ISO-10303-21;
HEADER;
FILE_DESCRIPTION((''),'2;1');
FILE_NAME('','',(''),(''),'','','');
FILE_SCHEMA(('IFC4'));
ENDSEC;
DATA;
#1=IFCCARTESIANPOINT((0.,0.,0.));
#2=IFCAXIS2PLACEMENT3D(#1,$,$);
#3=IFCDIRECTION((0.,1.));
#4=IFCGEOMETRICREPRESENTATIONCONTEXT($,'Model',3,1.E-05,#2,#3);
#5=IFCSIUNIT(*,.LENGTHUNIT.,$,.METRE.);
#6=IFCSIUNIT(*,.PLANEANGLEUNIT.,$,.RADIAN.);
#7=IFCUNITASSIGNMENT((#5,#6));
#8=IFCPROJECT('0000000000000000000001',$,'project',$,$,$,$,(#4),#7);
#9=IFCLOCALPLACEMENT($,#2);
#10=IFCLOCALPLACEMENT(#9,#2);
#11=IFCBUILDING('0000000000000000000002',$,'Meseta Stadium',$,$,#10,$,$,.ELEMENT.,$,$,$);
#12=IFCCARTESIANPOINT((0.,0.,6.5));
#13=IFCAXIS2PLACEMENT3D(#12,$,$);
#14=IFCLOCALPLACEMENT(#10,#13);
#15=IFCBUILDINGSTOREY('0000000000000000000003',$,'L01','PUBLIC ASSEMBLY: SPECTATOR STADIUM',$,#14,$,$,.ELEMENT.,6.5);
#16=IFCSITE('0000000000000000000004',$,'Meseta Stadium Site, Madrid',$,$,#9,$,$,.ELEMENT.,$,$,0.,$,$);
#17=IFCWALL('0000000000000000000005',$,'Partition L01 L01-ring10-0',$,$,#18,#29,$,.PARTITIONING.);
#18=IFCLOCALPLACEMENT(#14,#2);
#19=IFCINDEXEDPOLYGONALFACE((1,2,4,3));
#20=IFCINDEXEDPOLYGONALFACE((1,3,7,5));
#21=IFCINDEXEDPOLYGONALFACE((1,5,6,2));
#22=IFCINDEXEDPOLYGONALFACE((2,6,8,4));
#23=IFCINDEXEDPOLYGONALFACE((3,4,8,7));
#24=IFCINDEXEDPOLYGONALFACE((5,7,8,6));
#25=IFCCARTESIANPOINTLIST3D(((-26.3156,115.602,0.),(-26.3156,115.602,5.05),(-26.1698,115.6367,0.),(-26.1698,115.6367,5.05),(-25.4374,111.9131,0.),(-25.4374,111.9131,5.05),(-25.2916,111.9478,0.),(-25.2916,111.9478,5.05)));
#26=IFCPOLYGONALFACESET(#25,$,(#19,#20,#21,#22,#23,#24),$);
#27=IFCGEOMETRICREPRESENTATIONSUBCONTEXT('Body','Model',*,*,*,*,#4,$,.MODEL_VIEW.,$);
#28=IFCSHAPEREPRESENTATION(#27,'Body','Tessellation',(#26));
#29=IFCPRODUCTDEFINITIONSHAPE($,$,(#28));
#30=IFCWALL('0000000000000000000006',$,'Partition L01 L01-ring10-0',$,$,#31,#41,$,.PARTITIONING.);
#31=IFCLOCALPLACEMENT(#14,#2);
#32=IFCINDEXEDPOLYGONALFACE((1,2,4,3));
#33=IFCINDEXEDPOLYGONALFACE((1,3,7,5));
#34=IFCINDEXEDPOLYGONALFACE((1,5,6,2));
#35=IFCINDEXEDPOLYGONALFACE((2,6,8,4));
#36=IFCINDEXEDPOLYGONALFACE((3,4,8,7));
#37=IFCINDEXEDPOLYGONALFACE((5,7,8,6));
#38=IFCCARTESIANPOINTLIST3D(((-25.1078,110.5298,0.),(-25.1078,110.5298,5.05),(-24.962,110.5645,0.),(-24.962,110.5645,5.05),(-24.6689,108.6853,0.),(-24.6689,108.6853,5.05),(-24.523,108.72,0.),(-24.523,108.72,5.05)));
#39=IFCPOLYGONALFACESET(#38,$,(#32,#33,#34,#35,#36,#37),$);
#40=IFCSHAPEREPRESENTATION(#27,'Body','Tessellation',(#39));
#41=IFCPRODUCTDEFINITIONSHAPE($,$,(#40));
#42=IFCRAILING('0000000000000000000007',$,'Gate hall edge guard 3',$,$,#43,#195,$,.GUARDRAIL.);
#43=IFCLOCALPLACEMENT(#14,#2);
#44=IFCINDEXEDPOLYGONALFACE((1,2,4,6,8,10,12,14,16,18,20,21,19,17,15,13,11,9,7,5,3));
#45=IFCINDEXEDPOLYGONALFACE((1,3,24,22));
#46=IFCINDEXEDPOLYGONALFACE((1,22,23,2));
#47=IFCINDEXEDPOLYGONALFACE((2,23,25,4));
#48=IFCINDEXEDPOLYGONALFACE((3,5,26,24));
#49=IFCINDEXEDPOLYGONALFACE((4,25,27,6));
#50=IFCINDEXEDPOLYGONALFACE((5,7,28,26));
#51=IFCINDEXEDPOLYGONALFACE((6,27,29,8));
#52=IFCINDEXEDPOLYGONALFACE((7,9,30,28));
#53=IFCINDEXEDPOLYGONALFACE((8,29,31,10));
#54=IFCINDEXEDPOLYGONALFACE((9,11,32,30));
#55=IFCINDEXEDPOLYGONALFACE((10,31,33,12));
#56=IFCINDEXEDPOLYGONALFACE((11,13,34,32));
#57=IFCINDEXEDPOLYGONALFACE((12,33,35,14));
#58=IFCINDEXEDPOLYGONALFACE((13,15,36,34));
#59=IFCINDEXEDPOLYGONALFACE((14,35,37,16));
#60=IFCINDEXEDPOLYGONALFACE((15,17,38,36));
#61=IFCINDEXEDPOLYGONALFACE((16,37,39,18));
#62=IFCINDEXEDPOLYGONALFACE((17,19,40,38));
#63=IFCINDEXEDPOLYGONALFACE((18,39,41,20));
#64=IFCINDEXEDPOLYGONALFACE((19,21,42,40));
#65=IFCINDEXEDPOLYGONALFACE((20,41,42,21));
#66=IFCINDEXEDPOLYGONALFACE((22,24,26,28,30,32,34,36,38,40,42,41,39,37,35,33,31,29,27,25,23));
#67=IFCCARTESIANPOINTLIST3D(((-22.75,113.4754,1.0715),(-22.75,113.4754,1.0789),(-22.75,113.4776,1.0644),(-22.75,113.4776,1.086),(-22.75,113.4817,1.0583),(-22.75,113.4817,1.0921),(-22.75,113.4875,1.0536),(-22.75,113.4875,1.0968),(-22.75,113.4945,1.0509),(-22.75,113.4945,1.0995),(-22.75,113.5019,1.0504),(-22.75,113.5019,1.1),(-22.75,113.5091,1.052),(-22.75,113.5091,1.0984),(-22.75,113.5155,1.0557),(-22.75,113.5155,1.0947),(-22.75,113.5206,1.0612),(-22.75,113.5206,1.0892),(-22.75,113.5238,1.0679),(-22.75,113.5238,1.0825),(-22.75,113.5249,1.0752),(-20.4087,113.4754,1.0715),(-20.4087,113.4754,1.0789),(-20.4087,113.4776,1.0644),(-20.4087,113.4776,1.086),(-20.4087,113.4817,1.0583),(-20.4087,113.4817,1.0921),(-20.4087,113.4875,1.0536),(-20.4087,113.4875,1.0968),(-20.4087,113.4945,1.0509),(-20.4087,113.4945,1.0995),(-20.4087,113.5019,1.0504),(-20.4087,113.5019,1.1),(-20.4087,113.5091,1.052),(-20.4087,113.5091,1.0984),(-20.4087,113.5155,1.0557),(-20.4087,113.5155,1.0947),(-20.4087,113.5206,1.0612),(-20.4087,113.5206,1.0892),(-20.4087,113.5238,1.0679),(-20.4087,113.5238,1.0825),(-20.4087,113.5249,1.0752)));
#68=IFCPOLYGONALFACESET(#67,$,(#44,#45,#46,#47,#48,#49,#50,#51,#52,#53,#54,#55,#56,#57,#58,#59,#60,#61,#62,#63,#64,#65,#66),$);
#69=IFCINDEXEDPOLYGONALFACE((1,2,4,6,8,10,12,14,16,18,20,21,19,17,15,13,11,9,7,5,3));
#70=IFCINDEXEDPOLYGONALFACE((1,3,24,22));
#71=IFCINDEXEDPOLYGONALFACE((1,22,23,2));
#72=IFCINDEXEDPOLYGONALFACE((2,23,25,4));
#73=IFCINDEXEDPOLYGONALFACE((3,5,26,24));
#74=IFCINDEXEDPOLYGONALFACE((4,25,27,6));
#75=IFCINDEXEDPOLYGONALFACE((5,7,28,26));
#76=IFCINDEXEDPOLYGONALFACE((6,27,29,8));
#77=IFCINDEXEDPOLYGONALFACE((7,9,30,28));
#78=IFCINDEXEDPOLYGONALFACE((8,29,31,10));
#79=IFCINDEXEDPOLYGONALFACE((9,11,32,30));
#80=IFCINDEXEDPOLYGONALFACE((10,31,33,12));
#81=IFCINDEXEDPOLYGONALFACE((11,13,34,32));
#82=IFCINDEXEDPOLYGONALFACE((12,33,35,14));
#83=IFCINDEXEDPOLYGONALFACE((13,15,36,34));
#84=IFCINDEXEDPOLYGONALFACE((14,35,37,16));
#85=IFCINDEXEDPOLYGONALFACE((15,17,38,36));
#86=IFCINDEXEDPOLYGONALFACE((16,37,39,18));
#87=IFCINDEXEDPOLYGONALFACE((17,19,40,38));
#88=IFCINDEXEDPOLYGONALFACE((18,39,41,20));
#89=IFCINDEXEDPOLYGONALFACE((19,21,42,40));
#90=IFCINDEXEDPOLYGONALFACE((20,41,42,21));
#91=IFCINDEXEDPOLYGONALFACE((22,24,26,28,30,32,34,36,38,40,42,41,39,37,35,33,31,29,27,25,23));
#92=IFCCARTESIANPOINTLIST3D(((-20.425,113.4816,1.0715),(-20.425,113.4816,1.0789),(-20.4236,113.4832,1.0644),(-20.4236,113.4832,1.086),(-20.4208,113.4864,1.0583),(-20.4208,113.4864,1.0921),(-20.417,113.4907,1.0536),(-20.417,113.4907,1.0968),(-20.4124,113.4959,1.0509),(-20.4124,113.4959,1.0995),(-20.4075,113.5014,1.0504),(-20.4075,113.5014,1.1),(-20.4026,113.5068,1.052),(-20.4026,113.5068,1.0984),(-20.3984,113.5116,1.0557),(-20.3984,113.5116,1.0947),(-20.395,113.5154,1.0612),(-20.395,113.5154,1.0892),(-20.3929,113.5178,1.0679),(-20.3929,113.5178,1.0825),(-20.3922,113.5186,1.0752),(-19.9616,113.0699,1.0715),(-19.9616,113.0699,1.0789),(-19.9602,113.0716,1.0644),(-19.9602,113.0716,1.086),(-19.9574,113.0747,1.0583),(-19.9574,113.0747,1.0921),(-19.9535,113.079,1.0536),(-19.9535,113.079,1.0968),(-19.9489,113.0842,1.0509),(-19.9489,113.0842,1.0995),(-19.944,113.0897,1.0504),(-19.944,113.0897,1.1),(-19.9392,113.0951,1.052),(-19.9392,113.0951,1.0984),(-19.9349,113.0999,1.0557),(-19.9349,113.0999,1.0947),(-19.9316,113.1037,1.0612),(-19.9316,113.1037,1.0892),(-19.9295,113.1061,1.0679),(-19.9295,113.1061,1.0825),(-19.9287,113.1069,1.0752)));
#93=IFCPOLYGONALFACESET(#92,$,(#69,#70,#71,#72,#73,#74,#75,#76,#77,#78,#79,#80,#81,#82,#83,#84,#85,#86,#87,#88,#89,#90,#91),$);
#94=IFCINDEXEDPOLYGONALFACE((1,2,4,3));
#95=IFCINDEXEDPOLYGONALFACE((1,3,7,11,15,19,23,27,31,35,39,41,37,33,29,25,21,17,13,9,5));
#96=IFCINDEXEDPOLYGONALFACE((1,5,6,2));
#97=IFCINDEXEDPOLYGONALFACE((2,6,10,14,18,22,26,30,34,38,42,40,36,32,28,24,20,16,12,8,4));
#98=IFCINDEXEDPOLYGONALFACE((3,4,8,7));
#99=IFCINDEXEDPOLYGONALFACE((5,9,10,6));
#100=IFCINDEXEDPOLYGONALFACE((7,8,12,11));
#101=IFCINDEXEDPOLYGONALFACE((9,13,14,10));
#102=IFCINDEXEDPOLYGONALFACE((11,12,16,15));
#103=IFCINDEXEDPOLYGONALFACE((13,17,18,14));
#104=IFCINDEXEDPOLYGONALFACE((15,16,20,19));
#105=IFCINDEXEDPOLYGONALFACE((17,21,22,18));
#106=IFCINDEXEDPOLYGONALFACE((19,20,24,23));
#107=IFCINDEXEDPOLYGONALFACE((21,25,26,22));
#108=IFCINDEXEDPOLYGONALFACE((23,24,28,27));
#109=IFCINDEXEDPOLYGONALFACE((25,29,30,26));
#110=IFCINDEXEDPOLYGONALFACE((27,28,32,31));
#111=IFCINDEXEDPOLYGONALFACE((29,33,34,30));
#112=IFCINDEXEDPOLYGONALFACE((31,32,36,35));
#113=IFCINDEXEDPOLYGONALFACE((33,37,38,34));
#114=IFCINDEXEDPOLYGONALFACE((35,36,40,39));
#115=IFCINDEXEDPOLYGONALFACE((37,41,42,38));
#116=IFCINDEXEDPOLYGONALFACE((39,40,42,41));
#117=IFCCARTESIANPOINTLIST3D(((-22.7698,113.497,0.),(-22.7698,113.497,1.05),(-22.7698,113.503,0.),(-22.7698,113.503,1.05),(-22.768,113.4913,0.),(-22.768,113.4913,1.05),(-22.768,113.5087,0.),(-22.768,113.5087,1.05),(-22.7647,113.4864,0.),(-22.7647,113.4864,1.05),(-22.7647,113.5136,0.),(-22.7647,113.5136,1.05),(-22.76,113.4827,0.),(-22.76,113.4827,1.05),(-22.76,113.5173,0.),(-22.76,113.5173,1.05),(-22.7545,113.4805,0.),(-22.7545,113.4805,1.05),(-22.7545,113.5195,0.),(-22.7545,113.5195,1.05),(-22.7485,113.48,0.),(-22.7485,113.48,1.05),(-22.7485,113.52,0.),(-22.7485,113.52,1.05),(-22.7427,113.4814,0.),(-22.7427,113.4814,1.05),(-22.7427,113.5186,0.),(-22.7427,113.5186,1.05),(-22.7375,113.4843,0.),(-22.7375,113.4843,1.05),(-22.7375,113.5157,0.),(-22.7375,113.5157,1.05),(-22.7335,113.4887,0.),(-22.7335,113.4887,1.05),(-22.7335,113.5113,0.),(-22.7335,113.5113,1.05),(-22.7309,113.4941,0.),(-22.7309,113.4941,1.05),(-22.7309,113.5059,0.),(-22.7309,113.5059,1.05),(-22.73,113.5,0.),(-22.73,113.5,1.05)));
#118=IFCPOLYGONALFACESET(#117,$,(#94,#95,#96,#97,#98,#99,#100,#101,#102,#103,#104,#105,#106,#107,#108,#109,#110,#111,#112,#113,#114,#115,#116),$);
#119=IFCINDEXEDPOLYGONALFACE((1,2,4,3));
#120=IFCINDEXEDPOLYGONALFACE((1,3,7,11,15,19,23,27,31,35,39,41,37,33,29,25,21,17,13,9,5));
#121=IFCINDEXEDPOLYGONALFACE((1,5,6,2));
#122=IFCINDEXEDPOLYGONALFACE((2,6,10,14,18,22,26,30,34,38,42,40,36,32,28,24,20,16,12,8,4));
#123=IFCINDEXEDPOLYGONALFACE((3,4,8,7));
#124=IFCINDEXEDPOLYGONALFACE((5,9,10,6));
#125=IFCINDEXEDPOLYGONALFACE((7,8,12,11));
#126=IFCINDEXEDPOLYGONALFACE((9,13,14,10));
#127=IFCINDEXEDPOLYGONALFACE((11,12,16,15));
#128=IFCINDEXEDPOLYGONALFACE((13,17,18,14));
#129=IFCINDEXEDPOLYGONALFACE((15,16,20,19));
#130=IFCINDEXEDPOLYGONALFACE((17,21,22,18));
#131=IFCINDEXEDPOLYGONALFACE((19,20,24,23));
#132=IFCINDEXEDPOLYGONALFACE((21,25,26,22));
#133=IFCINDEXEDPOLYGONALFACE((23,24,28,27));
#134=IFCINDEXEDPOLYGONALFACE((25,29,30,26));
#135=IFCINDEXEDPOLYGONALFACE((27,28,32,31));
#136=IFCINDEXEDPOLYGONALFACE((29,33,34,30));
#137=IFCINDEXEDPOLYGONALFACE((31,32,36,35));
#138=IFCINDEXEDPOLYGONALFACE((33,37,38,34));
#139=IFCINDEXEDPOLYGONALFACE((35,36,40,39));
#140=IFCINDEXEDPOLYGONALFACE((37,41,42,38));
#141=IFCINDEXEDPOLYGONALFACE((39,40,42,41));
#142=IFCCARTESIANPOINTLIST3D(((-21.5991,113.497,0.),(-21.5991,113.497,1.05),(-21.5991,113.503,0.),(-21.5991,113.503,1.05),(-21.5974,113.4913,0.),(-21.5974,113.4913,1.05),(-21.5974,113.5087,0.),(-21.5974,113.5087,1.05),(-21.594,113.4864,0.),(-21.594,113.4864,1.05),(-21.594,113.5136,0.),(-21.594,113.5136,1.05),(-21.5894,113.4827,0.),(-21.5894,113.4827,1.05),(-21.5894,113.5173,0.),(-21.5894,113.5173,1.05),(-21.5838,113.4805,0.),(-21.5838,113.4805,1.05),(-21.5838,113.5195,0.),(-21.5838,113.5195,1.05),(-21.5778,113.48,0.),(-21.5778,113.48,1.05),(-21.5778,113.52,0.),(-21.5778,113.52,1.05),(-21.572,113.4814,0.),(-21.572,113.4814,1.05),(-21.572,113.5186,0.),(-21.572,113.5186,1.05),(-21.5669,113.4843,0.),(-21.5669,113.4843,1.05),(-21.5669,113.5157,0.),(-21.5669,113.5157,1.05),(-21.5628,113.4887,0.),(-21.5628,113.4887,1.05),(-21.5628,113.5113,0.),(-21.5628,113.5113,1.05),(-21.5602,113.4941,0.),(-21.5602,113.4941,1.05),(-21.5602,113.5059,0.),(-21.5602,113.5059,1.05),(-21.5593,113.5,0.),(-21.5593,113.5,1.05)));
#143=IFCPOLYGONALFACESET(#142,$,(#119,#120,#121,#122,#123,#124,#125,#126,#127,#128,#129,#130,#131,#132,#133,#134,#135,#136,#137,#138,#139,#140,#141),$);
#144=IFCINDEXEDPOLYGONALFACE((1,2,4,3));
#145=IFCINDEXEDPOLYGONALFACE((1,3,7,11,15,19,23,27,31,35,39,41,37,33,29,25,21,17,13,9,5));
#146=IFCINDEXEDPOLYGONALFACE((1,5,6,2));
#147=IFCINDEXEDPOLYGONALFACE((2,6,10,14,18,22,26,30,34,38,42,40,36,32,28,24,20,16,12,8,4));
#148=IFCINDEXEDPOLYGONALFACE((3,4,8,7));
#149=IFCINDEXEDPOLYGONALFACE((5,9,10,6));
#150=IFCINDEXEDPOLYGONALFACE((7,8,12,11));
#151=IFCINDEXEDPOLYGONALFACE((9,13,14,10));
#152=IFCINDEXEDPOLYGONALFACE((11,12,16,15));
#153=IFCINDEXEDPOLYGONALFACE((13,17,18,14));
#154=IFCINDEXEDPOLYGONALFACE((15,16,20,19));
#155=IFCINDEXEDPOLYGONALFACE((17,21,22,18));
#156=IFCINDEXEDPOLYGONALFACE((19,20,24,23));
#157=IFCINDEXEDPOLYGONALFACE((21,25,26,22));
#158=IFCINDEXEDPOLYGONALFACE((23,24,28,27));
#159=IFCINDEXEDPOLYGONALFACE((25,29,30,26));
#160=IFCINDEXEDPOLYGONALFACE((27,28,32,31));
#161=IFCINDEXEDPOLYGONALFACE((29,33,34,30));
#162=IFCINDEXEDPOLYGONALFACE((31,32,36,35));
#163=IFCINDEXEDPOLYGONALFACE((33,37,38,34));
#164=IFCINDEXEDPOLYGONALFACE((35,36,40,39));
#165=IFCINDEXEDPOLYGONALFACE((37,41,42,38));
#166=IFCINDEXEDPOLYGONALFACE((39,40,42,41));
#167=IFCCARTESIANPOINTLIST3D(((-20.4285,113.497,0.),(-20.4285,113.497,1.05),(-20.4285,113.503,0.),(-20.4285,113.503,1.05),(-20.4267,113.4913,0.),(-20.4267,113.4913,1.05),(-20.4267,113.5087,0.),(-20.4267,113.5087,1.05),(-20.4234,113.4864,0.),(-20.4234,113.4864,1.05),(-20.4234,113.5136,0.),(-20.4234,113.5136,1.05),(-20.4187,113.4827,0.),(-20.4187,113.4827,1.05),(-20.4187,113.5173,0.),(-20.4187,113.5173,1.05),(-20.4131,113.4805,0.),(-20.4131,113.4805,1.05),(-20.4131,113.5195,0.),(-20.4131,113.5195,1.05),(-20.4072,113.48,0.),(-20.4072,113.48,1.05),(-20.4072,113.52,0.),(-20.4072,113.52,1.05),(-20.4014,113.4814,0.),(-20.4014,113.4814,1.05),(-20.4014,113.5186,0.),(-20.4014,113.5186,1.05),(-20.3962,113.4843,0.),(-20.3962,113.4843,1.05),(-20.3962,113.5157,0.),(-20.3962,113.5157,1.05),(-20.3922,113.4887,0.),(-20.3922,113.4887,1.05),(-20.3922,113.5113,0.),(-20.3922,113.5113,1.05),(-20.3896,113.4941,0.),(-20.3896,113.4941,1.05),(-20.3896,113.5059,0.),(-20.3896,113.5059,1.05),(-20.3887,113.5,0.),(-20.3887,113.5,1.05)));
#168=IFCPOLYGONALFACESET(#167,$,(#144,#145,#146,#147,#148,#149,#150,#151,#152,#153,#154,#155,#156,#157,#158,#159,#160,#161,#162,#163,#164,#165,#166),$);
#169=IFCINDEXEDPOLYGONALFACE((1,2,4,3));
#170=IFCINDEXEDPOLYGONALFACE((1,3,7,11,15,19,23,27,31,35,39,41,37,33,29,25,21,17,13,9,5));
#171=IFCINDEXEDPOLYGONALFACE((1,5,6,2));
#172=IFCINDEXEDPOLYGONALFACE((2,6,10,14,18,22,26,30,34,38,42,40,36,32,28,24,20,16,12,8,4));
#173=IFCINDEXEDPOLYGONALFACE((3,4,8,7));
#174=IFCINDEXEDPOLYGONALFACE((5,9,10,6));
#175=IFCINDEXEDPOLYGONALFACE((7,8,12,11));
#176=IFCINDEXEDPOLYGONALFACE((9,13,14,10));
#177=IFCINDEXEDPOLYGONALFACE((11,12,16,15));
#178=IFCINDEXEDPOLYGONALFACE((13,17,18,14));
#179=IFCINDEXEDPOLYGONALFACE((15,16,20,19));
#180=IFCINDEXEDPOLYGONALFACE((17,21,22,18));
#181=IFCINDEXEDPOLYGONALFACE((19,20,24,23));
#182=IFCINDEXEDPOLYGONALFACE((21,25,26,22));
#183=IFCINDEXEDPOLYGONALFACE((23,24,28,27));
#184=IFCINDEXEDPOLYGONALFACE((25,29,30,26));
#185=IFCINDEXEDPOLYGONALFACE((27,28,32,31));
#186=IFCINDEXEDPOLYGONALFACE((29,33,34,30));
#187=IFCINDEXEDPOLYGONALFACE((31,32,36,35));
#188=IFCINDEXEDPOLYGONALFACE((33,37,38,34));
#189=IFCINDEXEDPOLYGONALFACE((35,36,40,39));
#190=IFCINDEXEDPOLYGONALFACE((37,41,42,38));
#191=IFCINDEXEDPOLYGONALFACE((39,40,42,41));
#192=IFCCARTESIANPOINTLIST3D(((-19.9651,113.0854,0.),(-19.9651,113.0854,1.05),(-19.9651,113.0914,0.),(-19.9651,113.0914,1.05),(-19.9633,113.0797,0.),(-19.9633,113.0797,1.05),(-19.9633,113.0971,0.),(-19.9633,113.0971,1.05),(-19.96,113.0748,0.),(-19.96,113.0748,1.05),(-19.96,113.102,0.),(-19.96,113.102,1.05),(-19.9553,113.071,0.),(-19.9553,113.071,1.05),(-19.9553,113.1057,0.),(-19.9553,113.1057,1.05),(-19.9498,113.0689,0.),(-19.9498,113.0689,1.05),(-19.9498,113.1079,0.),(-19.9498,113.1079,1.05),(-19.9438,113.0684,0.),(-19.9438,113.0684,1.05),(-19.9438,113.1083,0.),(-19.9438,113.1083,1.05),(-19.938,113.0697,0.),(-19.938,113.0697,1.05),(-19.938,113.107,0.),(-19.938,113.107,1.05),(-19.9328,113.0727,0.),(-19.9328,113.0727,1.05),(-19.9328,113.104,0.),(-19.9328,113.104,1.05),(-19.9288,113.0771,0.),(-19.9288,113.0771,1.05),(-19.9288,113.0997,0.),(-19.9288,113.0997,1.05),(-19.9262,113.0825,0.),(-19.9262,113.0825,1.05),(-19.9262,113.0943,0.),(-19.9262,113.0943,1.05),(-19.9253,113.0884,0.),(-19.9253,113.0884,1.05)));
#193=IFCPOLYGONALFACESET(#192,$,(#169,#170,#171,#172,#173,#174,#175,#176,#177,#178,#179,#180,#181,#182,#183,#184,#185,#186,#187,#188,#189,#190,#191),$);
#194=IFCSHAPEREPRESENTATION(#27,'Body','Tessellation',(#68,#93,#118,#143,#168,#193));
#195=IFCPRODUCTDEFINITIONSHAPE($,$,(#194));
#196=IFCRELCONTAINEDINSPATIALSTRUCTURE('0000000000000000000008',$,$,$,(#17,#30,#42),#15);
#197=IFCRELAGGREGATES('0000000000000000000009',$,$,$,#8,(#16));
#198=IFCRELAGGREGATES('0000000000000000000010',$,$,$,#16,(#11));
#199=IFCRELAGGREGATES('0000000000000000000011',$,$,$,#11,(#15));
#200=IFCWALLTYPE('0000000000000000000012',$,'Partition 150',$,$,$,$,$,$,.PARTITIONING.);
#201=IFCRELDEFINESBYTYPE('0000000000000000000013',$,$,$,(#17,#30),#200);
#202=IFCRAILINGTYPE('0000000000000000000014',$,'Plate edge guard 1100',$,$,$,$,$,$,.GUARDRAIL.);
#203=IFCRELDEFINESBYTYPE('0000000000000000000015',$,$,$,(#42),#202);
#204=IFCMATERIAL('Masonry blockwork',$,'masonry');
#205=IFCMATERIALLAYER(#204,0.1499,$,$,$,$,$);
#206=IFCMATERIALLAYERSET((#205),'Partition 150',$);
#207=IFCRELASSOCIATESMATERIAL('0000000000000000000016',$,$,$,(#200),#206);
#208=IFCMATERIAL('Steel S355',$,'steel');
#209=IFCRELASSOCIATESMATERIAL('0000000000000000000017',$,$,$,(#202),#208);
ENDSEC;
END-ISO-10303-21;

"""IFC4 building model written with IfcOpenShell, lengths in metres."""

from ifc_helpers import new_model, si_unit, direction, frame, frame_2d, origin, origin_2d, place, context, subcontext, project, spatial, rectangle, circle, extrude, material, layer, layer_set, type_object, element, save


model = new_model("IFC4")

# Units and contexts
model_context = context("Model", 3, precision=1e-05, world=origin(), true_north=direction((0.0, 1.0)))
body_context = subcontext(model_context, "Body", "Model", "MODEL_VIEW")
ifc_project = project(units=[si_unit("LENGTHUNIT", "METRE"), si_unit("PLANEANGLEUNIT", "RADIAN")], contexts=[model_context])

# Site, building, storey
site_placement = place(None, origin())
site = spatial("IfcSite", under=ifc_project, at=site_placement, Name="Meseta Stadium Site, Madrid", CompositionType="ELEMENT", RefElevation=0.0)
building_placement = place(site_placement, origin())
building = spatial("IfcBuilding", under=site, at=building_placement, Name="Meseta Stadium", CompositionType="ELEMENT")
storey_placement = place(building_placement, frame((0.0, 0.0, 6.5)))
storey = spatial("IfcBuildingStorey", under=building, at=storey_placement, Name="L01", Description="PUBLIC ASSEMBLY: SPECTATOR STADIUM", CompositionType="ELEMENT", Elevation=6.5)

# Walls
ifc_material_1 = material(Name="Masonry blockwork", Category="masonry")
ifc_layer_1 = layer(ifc_material_1, 0.1499)
ifc_layer_set_1 = layer_set([ifc_layer_1], Name="Partition 150")
wall_type = type_object("IfcWallType", Name="Partition 150", PredefinedType="PARTITIONING", material=ifc_layer_set_1)
wall_1_placement = place(storey_placement, frame((-26.2427, 115.6194, 0.0), z_axis=(0.0, 0.0, 1.0), x_axis=(0.231583, -0.972815, 0.0)))
element("IfcWall", 1, at=wall_1_placement, inside=storey, type_object=wall_type, Name="Partition L01 L01-ring10-0", PredefinedType="PARTITIONING", context=body_context, shape_type="SweptSolid", body=[
    extrude(rectangle(XDim=3.792, YDim=0.1499, at=frame_2d((1.896, 0.0))), origin(), (0.0, 0.0, 1.0), 5.05),
])
wall_2_placement = place(storey_placement, frame((-25.0349, 110.5471, 0.0), z_axis=(0.0, 0.0, 1.0), x_axis=(0.231522, -0.97283, 0.0)))
element("IfcWall", 2, at=wall_2_placement, inside=storey, type_object=wall_type, Name="Partition L01 L01-ring10-0", PredefinedType="PARTITIONING", context=body_context, shape_type="SweptSolid", body=[
    extrude(rectangle(XDim=1.896, YDim=0.1499, at=frame_2d((0.948, 0.0))), origin(), (0.0, 0.0, 1.0), 5.05),
])

# Railing
ifc_material_2 = material(Name="Steel S355", Category="steel")
railing_type = type_object("IfcRailingType", Name="Plate edge guard 1100", PredefinedType="GUARDRAIL", material=ifc_material_2)
railing_placement = place(storey_placement, frame((-22.75, 113.5, 0.0)))
element("IfcRailing", 3, at=railing_placement, inside=storey, type_object=railing_type, Name="Gate hall edge guard 3", PredefinedType="GUARDRAIL", context=body_context, shape_type="SweptSolid", body=[
    extrude(circle(Radius=0.0249, at=origin_2d()), frame((0.0, 0.0, 1.0752), z_axis=(1.0, 0.0, 0.0), x_axis=(0.0, 1.0, 0.0)), (0.0, 0.0, 1.0), 2.3413),
    extrude(circle(Radius=0.0249, at=origin_2d()), frame((2.3413, 0.0, 1.0752), z_axis=(0.747627, -0.664119, 0.0), x_axis=(0.664119, 0.747627, 0.0)), (0.0, 0.0, 1.0), 0.6199),
    extrude(circle(Radius=0.02, at=origin_2d()), origin(), (0.0, 0.0, 1.0), 1.05),
    extrude(circle(Radius=0.02, at=origin_2d()), frame((1.1707, 0.0, 0.0)), (0.0, 0.0, 1.0), 1.05),
    extrude(circle(Radius=0.02, at=origin_2d()), frame((2.3413, 0.0, 0.0)), (0.0, 0.0, 1.0), 1.05),
    extrude(circle(Radius=0.02, at=origin_2d()), frame((2.8047, -0.4116, 0.0)), (0.0, 0.0, 1.0), 1.05),
])

save(model, "model.ifc")
